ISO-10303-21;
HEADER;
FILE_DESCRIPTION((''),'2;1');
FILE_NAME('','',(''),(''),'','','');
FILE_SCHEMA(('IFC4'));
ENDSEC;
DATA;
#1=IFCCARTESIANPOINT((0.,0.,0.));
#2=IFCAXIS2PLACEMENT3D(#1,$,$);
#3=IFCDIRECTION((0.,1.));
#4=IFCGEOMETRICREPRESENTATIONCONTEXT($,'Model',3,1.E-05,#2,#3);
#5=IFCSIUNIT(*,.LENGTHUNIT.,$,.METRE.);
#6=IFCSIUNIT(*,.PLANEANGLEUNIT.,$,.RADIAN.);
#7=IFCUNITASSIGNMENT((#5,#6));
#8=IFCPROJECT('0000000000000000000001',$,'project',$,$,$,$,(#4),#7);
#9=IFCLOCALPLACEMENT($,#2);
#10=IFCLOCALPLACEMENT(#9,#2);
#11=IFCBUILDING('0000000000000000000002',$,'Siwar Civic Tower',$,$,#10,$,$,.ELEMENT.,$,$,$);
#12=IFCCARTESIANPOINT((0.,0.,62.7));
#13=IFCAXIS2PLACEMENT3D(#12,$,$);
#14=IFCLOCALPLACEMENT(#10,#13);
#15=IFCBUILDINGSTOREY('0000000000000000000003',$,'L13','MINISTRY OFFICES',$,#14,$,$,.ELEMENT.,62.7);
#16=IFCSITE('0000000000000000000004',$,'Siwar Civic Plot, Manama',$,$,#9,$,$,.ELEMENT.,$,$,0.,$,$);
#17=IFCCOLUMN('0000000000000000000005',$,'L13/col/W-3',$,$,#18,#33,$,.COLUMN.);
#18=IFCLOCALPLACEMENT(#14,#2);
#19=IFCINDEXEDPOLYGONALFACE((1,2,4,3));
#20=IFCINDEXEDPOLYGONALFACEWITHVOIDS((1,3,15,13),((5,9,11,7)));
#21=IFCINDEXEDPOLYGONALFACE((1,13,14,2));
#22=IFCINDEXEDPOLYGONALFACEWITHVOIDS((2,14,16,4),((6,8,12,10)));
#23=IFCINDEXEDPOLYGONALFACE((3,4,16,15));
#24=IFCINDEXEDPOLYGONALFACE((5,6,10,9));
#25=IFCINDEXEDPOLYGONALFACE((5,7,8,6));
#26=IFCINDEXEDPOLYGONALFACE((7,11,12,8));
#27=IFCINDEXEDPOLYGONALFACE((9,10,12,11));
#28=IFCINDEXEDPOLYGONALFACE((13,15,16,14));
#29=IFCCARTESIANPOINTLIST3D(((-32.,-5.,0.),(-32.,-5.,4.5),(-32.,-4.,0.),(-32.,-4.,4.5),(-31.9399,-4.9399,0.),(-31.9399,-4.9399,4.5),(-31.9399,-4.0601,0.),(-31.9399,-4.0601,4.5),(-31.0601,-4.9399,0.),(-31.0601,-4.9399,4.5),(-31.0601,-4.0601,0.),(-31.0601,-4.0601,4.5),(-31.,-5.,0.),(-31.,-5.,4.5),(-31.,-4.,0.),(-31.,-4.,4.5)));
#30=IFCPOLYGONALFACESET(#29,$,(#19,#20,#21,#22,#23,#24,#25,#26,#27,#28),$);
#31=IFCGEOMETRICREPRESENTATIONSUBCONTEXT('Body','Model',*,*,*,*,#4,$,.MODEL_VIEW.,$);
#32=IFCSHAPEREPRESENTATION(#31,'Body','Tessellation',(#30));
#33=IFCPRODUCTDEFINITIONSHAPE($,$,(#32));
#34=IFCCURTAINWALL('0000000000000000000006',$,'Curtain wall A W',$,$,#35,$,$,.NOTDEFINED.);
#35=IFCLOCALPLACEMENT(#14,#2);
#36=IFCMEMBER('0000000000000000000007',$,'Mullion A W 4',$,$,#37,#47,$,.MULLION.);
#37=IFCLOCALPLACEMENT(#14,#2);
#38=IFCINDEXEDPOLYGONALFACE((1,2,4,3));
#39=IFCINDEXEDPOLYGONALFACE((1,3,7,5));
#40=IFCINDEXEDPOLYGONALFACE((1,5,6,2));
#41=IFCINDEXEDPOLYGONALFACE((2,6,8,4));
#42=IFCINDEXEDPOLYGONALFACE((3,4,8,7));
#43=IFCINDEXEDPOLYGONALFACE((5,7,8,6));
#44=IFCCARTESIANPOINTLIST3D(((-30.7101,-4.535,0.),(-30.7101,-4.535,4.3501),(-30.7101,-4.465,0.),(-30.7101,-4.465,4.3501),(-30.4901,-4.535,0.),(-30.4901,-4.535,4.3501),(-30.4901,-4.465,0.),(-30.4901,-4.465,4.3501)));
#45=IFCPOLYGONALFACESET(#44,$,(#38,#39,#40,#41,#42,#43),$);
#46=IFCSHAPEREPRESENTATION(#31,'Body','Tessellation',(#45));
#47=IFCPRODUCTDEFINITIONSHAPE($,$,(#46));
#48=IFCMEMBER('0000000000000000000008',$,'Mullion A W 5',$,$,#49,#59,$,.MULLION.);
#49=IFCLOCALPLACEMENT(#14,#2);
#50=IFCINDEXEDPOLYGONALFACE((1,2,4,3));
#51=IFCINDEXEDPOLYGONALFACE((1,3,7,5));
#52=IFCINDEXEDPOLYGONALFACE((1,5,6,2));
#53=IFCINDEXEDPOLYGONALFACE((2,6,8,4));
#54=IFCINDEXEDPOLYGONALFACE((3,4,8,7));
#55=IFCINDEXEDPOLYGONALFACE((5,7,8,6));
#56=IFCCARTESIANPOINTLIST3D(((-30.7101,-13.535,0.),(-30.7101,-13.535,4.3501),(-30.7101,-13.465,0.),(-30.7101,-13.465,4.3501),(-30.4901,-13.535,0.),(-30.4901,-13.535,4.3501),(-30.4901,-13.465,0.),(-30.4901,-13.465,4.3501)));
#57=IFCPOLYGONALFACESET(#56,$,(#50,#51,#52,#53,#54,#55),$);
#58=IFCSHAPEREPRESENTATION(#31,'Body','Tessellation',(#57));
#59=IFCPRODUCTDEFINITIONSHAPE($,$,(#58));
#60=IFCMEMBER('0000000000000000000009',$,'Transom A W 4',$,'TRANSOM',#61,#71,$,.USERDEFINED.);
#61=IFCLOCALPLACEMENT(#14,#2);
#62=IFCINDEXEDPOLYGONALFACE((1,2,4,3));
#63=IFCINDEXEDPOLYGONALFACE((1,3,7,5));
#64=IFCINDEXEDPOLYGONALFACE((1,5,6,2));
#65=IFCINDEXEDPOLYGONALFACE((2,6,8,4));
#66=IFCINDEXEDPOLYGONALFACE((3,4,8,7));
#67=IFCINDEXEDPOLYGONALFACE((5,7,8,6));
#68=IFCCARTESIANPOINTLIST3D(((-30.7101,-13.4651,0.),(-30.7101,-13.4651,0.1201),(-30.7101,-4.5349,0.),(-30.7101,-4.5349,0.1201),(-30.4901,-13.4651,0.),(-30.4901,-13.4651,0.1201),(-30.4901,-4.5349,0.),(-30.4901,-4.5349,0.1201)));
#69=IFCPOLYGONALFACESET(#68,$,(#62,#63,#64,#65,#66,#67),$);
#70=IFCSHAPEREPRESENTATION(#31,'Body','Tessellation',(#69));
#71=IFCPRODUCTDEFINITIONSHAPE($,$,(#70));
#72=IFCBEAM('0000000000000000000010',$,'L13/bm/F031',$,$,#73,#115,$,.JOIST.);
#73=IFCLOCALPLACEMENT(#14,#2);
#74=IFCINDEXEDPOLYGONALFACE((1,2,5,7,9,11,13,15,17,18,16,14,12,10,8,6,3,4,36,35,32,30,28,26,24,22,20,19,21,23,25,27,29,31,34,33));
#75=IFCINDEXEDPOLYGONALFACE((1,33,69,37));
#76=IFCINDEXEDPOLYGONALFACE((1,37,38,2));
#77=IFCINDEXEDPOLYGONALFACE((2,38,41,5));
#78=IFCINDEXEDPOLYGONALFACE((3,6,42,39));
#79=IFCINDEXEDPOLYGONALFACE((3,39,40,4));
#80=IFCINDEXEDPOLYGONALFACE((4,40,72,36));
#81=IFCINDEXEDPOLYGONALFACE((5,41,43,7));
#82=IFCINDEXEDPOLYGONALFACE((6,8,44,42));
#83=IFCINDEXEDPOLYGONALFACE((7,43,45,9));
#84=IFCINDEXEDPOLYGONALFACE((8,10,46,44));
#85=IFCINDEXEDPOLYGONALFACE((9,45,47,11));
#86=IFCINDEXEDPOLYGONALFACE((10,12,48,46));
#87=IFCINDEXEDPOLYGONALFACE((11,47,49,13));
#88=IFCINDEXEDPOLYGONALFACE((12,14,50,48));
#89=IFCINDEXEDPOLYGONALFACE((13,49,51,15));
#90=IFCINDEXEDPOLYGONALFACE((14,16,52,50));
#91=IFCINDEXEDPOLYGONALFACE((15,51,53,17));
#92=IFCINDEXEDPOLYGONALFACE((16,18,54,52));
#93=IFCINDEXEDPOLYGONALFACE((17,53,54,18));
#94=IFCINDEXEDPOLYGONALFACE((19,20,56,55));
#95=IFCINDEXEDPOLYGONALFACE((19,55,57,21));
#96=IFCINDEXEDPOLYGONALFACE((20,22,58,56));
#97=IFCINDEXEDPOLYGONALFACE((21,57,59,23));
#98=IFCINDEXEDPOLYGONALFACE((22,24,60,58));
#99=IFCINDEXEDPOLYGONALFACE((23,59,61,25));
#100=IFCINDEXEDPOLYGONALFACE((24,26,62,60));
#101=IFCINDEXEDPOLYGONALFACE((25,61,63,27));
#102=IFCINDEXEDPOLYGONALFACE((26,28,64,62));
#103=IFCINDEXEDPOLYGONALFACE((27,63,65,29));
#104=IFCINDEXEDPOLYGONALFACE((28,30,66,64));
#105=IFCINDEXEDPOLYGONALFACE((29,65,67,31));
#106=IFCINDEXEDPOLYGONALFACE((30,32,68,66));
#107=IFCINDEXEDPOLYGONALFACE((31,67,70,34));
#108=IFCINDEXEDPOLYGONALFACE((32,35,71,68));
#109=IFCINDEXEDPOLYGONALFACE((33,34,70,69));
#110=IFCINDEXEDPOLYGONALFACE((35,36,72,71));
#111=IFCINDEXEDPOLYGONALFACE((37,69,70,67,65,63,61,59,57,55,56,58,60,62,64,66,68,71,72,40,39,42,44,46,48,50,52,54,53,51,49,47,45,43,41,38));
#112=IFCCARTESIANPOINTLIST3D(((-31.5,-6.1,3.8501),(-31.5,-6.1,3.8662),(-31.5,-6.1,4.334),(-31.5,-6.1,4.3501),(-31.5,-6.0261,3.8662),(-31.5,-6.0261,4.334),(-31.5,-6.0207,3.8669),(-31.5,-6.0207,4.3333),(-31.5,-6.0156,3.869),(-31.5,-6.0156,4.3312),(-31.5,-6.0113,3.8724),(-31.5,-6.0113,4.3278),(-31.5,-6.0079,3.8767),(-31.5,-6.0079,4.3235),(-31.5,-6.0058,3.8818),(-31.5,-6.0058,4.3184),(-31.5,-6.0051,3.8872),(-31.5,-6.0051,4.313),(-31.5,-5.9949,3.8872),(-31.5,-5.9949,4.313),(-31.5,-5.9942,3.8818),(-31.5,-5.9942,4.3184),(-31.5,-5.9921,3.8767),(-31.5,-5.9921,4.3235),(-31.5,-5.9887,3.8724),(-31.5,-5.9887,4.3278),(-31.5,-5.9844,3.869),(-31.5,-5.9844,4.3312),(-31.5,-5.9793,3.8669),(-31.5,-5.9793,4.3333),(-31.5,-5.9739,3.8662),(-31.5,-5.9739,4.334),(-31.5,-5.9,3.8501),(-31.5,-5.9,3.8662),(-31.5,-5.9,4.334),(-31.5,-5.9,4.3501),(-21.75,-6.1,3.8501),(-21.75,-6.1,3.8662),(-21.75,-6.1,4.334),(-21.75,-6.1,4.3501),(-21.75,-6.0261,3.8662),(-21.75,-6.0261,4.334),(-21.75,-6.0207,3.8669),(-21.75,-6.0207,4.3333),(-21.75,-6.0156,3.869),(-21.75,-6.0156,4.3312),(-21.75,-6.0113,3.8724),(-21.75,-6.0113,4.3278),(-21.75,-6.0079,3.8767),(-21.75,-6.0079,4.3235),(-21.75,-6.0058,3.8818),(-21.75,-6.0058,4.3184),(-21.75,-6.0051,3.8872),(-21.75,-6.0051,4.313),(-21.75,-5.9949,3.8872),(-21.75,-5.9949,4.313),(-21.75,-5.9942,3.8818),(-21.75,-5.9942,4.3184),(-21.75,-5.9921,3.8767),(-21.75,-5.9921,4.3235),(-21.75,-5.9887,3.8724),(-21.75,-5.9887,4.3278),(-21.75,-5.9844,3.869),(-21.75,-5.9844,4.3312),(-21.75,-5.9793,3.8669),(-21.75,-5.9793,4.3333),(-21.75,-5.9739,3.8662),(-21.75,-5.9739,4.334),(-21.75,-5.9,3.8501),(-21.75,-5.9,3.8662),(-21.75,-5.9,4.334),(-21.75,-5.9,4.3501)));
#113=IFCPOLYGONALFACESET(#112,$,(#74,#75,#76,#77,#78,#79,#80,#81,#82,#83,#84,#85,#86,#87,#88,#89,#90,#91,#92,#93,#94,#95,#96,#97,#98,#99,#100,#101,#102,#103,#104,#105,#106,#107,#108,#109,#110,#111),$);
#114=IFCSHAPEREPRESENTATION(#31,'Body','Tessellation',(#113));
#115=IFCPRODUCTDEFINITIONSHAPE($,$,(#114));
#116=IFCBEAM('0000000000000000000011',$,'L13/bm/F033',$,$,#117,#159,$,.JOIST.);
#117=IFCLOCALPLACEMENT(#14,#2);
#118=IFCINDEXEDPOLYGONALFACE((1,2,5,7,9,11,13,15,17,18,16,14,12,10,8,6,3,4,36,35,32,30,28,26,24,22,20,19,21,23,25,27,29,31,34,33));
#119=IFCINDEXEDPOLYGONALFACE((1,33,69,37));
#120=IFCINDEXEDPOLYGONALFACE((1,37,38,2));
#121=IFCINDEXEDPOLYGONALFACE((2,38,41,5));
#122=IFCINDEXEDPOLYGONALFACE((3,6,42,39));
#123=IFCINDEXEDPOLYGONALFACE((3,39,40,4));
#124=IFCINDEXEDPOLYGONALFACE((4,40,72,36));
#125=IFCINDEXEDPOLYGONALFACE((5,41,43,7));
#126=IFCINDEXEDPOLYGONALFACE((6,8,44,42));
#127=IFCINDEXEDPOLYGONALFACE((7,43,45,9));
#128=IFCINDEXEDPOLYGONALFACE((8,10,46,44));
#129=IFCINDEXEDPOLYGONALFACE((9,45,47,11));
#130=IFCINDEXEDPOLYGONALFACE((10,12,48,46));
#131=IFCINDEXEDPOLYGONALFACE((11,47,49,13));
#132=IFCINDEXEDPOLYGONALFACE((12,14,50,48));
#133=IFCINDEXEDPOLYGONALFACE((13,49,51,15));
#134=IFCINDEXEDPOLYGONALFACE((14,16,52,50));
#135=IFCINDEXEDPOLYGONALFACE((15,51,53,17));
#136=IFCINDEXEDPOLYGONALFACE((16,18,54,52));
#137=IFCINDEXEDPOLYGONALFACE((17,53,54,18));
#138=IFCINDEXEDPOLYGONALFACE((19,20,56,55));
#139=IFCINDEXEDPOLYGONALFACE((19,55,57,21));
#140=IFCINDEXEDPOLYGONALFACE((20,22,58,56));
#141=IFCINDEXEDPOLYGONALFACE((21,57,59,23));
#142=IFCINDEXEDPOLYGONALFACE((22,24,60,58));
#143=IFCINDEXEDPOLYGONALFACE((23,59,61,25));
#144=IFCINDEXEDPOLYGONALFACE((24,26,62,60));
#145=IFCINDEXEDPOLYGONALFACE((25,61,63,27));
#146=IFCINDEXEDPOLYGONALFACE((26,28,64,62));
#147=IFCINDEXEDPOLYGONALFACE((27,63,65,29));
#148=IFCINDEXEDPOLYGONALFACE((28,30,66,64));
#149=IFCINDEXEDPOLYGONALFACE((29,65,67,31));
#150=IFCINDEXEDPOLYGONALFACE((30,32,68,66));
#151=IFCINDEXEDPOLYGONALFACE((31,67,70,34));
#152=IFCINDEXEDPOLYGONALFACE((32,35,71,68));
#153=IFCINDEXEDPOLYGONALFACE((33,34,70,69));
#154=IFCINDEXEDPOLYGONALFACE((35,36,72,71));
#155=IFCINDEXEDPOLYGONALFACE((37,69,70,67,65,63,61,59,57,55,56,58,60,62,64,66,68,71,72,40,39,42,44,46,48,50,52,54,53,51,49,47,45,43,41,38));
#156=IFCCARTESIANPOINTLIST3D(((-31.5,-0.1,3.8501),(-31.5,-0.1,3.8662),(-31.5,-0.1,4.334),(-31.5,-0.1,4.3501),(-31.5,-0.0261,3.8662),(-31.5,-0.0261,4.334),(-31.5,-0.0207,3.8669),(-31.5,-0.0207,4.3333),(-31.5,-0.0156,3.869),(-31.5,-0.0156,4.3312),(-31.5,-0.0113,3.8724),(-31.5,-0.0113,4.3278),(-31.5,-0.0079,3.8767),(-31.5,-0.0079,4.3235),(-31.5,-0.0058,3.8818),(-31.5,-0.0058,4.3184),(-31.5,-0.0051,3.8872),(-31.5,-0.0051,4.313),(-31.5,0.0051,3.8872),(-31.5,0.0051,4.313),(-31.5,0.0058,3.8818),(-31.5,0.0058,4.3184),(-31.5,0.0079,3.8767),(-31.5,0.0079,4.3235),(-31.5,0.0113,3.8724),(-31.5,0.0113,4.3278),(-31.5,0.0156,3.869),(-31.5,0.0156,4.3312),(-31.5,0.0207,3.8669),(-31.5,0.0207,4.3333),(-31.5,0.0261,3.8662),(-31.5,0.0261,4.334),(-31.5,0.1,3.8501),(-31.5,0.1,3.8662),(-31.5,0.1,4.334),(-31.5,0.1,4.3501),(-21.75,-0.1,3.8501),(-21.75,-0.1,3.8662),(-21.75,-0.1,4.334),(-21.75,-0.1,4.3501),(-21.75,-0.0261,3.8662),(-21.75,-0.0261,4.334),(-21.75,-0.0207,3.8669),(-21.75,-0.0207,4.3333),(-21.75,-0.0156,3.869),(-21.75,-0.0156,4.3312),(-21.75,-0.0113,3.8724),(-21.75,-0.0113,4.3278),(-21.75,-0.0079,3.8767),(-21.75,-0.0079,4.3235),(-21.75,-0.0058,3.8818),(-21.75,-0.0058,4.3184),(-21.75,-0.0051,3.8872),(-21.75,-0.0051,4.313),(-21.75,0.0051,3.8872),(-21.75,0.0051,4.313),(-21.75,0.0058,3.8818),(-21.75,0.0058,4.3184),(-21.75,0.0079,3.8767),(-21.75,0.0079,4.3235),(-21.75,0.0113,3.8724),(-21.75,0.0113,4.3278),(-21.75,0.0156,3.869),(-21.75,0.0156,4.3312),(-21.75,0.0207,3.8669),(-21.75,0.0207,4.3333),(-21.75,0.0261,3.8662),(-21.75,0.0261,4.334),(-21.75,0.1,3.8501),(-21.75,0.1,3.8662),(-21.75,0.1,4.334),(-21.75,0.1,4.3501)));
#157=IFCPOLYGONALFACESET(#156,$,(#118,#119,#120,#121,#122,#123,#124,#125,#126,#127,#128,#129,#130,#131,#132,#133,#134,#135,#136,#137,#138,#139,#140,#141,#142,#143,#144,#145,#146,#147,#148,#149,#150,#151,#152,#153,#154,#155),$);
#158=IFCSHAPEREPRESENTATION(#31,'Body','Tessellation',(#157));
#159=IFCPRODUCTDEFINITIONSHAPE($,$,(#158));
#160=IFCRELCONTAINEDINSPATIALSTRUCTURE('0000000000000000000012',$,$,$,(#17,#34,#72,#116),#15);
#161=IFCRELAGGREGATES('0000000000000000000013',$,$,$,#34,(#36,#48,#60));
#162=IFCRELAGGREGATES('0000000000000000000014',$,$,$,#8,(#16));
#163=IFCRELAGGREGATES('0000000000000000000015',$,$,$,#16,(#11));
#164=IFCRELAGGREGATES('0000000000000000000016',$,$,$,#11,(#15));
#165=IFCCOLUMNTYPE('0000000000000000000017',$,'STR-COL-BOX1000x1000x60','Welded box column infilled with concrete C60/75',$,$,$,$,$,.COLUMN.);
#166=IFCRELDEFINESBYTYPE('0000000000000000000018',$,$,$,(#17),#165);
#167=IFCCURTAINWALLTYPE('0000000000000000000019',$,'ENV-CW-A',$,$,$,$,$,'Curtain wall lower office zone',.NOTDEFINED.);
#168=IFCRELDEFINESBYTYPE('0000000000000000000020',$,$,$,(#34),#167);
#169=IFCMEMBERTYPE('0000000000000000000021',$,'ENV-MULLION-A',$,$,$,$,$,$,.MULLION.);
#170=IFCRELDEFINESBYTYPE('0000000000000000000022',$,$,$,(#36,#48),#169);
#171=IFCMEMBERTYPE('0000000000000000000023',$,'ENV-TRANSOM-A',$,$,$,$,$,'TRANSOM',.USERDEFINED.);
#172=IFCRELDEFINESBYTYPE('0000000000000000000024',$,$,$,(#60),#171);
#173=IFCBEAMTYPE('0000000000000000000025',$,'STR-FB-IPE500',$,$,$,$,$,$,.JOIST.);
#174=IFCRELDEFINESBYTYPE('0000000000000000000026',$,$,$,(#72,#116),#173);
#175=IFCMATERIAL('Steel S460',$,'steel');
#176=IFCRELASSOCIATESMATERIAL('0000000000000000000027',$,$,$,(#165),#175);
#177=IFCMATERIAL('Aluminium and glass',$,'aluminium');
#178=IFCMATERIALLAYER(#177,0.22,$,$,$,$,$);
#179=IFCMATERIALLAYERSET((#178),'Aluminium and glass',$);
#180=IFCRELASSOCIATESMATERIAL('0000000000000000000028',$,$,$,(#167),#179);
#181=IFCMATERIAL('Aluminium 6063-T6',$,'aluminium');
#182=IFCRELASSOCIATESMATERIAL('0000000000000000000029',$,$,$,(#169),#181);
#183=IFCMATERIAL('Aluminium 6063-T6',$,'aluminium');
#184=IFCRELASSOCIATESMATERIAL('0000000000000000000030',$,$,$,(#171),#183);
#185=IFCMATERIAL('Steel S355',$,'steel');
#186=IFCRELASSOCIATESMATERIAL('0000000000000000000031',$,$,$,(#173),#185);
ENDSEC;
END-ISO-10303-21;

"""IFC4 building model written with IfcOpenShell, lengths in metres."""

from ifc_helpers import new_model, si_unit, direction, frame, origin, origin_2d, place, context, subcontext, project, spatial, rectangle, hollow_rectangle, i_section, extrude, material, layer, layer_set, material_profile, profile_set, type_object, element, aggregate, save


model = new_model("IFC4")

# Units and contexts
model_context = context("Model", 3, precision=1e-05, world=origin(), true_north=direction((0.0, 1.0)))
body_context = subcontext(model_context, "Body", "Model", "MODEL_VIEW")
ifc_project = project(units=[si_unit("LENGTHUNIT", "METRE"), si_unit("PLANEANGLEUNIT", "RADIAN")], contexts=[model_context])

# Site, building, storey
site_placement = place(None, origin())
site = spatial("IfcSite", under=ifc_project, at=site_placement, Name="Siwar Civic Plot, Manama", CompositionType="ELEMENT", RefElevation=0.0)
building_placement = place(site_placement, origin())
building = spatial("IfcBuilding", under=site, at=building_placement, Name="Siwar Civic Tower", CompositionType="ELEMENT")
storey_placement = place(building_placement, frame((0.0, 0.0, 62.7)))
storey = spatial("IfcBuildingStorey", under=building, at=storey_placement, Name="L13", Description="MINISTRY OFFICES", CompositionType="ELEMENT", Elevation=62.7)

# Column
ifc_material_1 = material(Name="Steel S460", Category="steel")
ifc_material_profile_1 = material_profile(ifc_material_1, hollow_rectangle(XDim=1.0, YDim=1.0, WallThickness=0.0601, at=origin_2d()), Name="BOX1000x1000x60")
ifc_profile_set_1 = profile_set([ifc_material_profile_1], Name="Steel S460")
column_type = type_object("IfcColumnType", Name="STR-COL-BOX1000x1000x60", Description="Welded box column infilled with concrete C60/75", PredefinedType="COLUMN", material=ifc_profile_set_1)
column_placement = place(storey_placement, frame((-31.5, -4.5, 0.0), z_axis=(0.0, 0.0, 1.0), x_axis=(1.0, 0.0, 0.0)))
element("IfcColumn", 1, at=column_placement, inside=storey, type_object=column_type, Name="L13/col/W-3", PredefinedType="COLUMN", context=body_context, shape_type="SweptSolid", body=[
    extrude(hollow_rectangle(XDim=1.0, YDim=1.0, WallThickness=0.0601, at=origin_2d()), origin(), (0.0, 0.0, 1.0), 4.5),
])

# Curtain wall, members
ifc_material_2 = material(Name="Aluminium and glass", Category="aluminium")
ifc_layer_1 = layer(ifc_material_2, 0.22)
ifc_layer_set_1 = layer_set([ifc_layer_1], Name="Aluminium and glass")
curtain_wall_type = type_object("IfcCurtainWallType", Name="ENV-CW-A", ElementType="Curtain wall lower office zone", PredefinedType="NOTDEFINED", material=ifc_layer_set_1)
curtain_wall_placement = place(storey_placement, origin())
curtain_wall = element("IfcCurtainWall", 2, at=curtain_wall_placement, inside=storey, type_object=curtain_wall_type, Name="Curtain wall A W", PredefinedType="NOTDEFINED")
ifc_material_3 = material(Name="Aluminium 6063-T6", Category="aluminium")
ifc_material_profile_2 = material_profile(ifc_material_3, rectangle(XDim=0.22, YDim=0.0701, at=origin_2d()), Name="AL 220x70")
ifc_profile_set_2 = profile_set([ifc_material_profile_2], Name="Aluminium 6063-T6")
member_type_1 = type_object("IfcMemberType", Name="ENV-MULLION-A", PredefinedType="MULLION", material=ifc_profile_set_2)
member_1_placement = place(storey_placement, frame((-30.6001, -4.5, 0.0), z_axis=(0.0, 0.0, 1.0), x_axis=(1.0, 0.0, 0.0)))
member_1 = element("IfcMember", 3, at=member_1_placement, type_object=member_type_1, Name="Mullion A W 4", PredefinedType="MULLION", context=body_context, shape_type="SweptSolid", body=[
    extrude(rectangle(XDim=0.22, YDim=0.0701, at=origin_2d()), origin(), (0.0, 0.0, 1.0), 4.3501),
])
member_2_placement = place(storey_placement, frame((-30.6001, -13.5, 0.0), z_axis=(0.0, 0.0, 1.0), x_axis=(1.0, 0.0, 0.0)))
member_2 = element("IfcMember", 4, at=member_2_placement, type_object=member_type_1, Name="Mullion A W 5", PredefinedType="MULLION", context=body_context, shape_type="SweptSolid", body=[
    extrude(rectangle(XDim=0.22, YDim=0.0701, at=origin_2d()), origin(), (0.0, 0.0, 1.0), 4.3501),
])
ifc_material_4 = material(Name="Aluminium 6063-T6", Category="aluminium")
ifc_material_profile_3 = material_profile(ifc_material_4, rectangle(XDim=0.22, YDim=0.1201, at=origin_2d()), Name="AL 220x120")
ifc_profile_set_3 = profile_set([ifc_material_profile_3], Name="Aluminium 6063-T6")
member_type_2 = type_object("IfcMemberType", Name="ENV-TRANSOM-A", ElementType="TRANSOM", PredefinedType="USERDEFINED", material=ifc_profile_set_3)
member_3_placement = place(storey_placement, frame((-30.6001, -4.5349, 0.0601), z_axis=(0.0, -1.0, 0.0), x_axis=(1.0, 0.0, 0.0)))
member_3 = element("IfcMember", 5, at=member_3_placement, type_object=member_type_2, Name="Transom A W 4", ObjectType="TRANSOM", PredefinedType="USERDEFINED", context=body_context, shape_type="SweptSolid", body=[
    extrude(rectangle(XDim=0.22, YDim=0.1201, at=origin_2d()), origin(), (0.0, 0.0, 1.0), 8.9302),
])

# Beams
ifc_material_5 = material(Name="Steel S355", Category="steel")
ifc_material_profile_4 = material_profile(ifc_material_5, i_section(OverallWidth=0.2, OverallDepth=0.5, WebThickness=0.0103, FlangeThickness=0.0161, FilletRadius=0.021, at=origin_2d()), Name="IPE500")
ifc_profile_set_4 = profile_set([ifc_material_profile_4], Name="Steel S355")
beam_type_1 = type_object("IfcBeamType", Name="STR-FB-IPE500", PredefinedType="JOIST", material=ifc_profile_set_4)
for number, where, z_axis, x_axis, name in (
    (6, (-31.5, -6.0, 4.1001), (1.0, 0.0, 0.0), (0.0, 1.0, 0.0), "L13/bm/F031"),
    (7, (-31.5, 0.0, 4.1001), (1.0, 0.0, 0.0), (0.0, 1.0, 0.0), "L13/bm/F033"),
):
    element("IfcBeam", number, at=place(storey_placement, frame(where, z_axis=z_axis, x_axis=x_axis)), inside=storey, type_object=beam_type_1, Name=name, PredefinedType="JOIST", context=body_context, shape_type="SweptSolid", body=[
        extrude(i_section(OverallWidth=0.2, OverallDepth=0.5, WebThickness=0.0103, FlangeThickness=0.0161, FilletRadius=0.021, at=origin_2d()), origin(), (0.0, 0.0, 1.0), 9.75),
    ])

aggregate(curtain_wall, [member_1, member_2, member_3])

save(model, "model.ifc")
